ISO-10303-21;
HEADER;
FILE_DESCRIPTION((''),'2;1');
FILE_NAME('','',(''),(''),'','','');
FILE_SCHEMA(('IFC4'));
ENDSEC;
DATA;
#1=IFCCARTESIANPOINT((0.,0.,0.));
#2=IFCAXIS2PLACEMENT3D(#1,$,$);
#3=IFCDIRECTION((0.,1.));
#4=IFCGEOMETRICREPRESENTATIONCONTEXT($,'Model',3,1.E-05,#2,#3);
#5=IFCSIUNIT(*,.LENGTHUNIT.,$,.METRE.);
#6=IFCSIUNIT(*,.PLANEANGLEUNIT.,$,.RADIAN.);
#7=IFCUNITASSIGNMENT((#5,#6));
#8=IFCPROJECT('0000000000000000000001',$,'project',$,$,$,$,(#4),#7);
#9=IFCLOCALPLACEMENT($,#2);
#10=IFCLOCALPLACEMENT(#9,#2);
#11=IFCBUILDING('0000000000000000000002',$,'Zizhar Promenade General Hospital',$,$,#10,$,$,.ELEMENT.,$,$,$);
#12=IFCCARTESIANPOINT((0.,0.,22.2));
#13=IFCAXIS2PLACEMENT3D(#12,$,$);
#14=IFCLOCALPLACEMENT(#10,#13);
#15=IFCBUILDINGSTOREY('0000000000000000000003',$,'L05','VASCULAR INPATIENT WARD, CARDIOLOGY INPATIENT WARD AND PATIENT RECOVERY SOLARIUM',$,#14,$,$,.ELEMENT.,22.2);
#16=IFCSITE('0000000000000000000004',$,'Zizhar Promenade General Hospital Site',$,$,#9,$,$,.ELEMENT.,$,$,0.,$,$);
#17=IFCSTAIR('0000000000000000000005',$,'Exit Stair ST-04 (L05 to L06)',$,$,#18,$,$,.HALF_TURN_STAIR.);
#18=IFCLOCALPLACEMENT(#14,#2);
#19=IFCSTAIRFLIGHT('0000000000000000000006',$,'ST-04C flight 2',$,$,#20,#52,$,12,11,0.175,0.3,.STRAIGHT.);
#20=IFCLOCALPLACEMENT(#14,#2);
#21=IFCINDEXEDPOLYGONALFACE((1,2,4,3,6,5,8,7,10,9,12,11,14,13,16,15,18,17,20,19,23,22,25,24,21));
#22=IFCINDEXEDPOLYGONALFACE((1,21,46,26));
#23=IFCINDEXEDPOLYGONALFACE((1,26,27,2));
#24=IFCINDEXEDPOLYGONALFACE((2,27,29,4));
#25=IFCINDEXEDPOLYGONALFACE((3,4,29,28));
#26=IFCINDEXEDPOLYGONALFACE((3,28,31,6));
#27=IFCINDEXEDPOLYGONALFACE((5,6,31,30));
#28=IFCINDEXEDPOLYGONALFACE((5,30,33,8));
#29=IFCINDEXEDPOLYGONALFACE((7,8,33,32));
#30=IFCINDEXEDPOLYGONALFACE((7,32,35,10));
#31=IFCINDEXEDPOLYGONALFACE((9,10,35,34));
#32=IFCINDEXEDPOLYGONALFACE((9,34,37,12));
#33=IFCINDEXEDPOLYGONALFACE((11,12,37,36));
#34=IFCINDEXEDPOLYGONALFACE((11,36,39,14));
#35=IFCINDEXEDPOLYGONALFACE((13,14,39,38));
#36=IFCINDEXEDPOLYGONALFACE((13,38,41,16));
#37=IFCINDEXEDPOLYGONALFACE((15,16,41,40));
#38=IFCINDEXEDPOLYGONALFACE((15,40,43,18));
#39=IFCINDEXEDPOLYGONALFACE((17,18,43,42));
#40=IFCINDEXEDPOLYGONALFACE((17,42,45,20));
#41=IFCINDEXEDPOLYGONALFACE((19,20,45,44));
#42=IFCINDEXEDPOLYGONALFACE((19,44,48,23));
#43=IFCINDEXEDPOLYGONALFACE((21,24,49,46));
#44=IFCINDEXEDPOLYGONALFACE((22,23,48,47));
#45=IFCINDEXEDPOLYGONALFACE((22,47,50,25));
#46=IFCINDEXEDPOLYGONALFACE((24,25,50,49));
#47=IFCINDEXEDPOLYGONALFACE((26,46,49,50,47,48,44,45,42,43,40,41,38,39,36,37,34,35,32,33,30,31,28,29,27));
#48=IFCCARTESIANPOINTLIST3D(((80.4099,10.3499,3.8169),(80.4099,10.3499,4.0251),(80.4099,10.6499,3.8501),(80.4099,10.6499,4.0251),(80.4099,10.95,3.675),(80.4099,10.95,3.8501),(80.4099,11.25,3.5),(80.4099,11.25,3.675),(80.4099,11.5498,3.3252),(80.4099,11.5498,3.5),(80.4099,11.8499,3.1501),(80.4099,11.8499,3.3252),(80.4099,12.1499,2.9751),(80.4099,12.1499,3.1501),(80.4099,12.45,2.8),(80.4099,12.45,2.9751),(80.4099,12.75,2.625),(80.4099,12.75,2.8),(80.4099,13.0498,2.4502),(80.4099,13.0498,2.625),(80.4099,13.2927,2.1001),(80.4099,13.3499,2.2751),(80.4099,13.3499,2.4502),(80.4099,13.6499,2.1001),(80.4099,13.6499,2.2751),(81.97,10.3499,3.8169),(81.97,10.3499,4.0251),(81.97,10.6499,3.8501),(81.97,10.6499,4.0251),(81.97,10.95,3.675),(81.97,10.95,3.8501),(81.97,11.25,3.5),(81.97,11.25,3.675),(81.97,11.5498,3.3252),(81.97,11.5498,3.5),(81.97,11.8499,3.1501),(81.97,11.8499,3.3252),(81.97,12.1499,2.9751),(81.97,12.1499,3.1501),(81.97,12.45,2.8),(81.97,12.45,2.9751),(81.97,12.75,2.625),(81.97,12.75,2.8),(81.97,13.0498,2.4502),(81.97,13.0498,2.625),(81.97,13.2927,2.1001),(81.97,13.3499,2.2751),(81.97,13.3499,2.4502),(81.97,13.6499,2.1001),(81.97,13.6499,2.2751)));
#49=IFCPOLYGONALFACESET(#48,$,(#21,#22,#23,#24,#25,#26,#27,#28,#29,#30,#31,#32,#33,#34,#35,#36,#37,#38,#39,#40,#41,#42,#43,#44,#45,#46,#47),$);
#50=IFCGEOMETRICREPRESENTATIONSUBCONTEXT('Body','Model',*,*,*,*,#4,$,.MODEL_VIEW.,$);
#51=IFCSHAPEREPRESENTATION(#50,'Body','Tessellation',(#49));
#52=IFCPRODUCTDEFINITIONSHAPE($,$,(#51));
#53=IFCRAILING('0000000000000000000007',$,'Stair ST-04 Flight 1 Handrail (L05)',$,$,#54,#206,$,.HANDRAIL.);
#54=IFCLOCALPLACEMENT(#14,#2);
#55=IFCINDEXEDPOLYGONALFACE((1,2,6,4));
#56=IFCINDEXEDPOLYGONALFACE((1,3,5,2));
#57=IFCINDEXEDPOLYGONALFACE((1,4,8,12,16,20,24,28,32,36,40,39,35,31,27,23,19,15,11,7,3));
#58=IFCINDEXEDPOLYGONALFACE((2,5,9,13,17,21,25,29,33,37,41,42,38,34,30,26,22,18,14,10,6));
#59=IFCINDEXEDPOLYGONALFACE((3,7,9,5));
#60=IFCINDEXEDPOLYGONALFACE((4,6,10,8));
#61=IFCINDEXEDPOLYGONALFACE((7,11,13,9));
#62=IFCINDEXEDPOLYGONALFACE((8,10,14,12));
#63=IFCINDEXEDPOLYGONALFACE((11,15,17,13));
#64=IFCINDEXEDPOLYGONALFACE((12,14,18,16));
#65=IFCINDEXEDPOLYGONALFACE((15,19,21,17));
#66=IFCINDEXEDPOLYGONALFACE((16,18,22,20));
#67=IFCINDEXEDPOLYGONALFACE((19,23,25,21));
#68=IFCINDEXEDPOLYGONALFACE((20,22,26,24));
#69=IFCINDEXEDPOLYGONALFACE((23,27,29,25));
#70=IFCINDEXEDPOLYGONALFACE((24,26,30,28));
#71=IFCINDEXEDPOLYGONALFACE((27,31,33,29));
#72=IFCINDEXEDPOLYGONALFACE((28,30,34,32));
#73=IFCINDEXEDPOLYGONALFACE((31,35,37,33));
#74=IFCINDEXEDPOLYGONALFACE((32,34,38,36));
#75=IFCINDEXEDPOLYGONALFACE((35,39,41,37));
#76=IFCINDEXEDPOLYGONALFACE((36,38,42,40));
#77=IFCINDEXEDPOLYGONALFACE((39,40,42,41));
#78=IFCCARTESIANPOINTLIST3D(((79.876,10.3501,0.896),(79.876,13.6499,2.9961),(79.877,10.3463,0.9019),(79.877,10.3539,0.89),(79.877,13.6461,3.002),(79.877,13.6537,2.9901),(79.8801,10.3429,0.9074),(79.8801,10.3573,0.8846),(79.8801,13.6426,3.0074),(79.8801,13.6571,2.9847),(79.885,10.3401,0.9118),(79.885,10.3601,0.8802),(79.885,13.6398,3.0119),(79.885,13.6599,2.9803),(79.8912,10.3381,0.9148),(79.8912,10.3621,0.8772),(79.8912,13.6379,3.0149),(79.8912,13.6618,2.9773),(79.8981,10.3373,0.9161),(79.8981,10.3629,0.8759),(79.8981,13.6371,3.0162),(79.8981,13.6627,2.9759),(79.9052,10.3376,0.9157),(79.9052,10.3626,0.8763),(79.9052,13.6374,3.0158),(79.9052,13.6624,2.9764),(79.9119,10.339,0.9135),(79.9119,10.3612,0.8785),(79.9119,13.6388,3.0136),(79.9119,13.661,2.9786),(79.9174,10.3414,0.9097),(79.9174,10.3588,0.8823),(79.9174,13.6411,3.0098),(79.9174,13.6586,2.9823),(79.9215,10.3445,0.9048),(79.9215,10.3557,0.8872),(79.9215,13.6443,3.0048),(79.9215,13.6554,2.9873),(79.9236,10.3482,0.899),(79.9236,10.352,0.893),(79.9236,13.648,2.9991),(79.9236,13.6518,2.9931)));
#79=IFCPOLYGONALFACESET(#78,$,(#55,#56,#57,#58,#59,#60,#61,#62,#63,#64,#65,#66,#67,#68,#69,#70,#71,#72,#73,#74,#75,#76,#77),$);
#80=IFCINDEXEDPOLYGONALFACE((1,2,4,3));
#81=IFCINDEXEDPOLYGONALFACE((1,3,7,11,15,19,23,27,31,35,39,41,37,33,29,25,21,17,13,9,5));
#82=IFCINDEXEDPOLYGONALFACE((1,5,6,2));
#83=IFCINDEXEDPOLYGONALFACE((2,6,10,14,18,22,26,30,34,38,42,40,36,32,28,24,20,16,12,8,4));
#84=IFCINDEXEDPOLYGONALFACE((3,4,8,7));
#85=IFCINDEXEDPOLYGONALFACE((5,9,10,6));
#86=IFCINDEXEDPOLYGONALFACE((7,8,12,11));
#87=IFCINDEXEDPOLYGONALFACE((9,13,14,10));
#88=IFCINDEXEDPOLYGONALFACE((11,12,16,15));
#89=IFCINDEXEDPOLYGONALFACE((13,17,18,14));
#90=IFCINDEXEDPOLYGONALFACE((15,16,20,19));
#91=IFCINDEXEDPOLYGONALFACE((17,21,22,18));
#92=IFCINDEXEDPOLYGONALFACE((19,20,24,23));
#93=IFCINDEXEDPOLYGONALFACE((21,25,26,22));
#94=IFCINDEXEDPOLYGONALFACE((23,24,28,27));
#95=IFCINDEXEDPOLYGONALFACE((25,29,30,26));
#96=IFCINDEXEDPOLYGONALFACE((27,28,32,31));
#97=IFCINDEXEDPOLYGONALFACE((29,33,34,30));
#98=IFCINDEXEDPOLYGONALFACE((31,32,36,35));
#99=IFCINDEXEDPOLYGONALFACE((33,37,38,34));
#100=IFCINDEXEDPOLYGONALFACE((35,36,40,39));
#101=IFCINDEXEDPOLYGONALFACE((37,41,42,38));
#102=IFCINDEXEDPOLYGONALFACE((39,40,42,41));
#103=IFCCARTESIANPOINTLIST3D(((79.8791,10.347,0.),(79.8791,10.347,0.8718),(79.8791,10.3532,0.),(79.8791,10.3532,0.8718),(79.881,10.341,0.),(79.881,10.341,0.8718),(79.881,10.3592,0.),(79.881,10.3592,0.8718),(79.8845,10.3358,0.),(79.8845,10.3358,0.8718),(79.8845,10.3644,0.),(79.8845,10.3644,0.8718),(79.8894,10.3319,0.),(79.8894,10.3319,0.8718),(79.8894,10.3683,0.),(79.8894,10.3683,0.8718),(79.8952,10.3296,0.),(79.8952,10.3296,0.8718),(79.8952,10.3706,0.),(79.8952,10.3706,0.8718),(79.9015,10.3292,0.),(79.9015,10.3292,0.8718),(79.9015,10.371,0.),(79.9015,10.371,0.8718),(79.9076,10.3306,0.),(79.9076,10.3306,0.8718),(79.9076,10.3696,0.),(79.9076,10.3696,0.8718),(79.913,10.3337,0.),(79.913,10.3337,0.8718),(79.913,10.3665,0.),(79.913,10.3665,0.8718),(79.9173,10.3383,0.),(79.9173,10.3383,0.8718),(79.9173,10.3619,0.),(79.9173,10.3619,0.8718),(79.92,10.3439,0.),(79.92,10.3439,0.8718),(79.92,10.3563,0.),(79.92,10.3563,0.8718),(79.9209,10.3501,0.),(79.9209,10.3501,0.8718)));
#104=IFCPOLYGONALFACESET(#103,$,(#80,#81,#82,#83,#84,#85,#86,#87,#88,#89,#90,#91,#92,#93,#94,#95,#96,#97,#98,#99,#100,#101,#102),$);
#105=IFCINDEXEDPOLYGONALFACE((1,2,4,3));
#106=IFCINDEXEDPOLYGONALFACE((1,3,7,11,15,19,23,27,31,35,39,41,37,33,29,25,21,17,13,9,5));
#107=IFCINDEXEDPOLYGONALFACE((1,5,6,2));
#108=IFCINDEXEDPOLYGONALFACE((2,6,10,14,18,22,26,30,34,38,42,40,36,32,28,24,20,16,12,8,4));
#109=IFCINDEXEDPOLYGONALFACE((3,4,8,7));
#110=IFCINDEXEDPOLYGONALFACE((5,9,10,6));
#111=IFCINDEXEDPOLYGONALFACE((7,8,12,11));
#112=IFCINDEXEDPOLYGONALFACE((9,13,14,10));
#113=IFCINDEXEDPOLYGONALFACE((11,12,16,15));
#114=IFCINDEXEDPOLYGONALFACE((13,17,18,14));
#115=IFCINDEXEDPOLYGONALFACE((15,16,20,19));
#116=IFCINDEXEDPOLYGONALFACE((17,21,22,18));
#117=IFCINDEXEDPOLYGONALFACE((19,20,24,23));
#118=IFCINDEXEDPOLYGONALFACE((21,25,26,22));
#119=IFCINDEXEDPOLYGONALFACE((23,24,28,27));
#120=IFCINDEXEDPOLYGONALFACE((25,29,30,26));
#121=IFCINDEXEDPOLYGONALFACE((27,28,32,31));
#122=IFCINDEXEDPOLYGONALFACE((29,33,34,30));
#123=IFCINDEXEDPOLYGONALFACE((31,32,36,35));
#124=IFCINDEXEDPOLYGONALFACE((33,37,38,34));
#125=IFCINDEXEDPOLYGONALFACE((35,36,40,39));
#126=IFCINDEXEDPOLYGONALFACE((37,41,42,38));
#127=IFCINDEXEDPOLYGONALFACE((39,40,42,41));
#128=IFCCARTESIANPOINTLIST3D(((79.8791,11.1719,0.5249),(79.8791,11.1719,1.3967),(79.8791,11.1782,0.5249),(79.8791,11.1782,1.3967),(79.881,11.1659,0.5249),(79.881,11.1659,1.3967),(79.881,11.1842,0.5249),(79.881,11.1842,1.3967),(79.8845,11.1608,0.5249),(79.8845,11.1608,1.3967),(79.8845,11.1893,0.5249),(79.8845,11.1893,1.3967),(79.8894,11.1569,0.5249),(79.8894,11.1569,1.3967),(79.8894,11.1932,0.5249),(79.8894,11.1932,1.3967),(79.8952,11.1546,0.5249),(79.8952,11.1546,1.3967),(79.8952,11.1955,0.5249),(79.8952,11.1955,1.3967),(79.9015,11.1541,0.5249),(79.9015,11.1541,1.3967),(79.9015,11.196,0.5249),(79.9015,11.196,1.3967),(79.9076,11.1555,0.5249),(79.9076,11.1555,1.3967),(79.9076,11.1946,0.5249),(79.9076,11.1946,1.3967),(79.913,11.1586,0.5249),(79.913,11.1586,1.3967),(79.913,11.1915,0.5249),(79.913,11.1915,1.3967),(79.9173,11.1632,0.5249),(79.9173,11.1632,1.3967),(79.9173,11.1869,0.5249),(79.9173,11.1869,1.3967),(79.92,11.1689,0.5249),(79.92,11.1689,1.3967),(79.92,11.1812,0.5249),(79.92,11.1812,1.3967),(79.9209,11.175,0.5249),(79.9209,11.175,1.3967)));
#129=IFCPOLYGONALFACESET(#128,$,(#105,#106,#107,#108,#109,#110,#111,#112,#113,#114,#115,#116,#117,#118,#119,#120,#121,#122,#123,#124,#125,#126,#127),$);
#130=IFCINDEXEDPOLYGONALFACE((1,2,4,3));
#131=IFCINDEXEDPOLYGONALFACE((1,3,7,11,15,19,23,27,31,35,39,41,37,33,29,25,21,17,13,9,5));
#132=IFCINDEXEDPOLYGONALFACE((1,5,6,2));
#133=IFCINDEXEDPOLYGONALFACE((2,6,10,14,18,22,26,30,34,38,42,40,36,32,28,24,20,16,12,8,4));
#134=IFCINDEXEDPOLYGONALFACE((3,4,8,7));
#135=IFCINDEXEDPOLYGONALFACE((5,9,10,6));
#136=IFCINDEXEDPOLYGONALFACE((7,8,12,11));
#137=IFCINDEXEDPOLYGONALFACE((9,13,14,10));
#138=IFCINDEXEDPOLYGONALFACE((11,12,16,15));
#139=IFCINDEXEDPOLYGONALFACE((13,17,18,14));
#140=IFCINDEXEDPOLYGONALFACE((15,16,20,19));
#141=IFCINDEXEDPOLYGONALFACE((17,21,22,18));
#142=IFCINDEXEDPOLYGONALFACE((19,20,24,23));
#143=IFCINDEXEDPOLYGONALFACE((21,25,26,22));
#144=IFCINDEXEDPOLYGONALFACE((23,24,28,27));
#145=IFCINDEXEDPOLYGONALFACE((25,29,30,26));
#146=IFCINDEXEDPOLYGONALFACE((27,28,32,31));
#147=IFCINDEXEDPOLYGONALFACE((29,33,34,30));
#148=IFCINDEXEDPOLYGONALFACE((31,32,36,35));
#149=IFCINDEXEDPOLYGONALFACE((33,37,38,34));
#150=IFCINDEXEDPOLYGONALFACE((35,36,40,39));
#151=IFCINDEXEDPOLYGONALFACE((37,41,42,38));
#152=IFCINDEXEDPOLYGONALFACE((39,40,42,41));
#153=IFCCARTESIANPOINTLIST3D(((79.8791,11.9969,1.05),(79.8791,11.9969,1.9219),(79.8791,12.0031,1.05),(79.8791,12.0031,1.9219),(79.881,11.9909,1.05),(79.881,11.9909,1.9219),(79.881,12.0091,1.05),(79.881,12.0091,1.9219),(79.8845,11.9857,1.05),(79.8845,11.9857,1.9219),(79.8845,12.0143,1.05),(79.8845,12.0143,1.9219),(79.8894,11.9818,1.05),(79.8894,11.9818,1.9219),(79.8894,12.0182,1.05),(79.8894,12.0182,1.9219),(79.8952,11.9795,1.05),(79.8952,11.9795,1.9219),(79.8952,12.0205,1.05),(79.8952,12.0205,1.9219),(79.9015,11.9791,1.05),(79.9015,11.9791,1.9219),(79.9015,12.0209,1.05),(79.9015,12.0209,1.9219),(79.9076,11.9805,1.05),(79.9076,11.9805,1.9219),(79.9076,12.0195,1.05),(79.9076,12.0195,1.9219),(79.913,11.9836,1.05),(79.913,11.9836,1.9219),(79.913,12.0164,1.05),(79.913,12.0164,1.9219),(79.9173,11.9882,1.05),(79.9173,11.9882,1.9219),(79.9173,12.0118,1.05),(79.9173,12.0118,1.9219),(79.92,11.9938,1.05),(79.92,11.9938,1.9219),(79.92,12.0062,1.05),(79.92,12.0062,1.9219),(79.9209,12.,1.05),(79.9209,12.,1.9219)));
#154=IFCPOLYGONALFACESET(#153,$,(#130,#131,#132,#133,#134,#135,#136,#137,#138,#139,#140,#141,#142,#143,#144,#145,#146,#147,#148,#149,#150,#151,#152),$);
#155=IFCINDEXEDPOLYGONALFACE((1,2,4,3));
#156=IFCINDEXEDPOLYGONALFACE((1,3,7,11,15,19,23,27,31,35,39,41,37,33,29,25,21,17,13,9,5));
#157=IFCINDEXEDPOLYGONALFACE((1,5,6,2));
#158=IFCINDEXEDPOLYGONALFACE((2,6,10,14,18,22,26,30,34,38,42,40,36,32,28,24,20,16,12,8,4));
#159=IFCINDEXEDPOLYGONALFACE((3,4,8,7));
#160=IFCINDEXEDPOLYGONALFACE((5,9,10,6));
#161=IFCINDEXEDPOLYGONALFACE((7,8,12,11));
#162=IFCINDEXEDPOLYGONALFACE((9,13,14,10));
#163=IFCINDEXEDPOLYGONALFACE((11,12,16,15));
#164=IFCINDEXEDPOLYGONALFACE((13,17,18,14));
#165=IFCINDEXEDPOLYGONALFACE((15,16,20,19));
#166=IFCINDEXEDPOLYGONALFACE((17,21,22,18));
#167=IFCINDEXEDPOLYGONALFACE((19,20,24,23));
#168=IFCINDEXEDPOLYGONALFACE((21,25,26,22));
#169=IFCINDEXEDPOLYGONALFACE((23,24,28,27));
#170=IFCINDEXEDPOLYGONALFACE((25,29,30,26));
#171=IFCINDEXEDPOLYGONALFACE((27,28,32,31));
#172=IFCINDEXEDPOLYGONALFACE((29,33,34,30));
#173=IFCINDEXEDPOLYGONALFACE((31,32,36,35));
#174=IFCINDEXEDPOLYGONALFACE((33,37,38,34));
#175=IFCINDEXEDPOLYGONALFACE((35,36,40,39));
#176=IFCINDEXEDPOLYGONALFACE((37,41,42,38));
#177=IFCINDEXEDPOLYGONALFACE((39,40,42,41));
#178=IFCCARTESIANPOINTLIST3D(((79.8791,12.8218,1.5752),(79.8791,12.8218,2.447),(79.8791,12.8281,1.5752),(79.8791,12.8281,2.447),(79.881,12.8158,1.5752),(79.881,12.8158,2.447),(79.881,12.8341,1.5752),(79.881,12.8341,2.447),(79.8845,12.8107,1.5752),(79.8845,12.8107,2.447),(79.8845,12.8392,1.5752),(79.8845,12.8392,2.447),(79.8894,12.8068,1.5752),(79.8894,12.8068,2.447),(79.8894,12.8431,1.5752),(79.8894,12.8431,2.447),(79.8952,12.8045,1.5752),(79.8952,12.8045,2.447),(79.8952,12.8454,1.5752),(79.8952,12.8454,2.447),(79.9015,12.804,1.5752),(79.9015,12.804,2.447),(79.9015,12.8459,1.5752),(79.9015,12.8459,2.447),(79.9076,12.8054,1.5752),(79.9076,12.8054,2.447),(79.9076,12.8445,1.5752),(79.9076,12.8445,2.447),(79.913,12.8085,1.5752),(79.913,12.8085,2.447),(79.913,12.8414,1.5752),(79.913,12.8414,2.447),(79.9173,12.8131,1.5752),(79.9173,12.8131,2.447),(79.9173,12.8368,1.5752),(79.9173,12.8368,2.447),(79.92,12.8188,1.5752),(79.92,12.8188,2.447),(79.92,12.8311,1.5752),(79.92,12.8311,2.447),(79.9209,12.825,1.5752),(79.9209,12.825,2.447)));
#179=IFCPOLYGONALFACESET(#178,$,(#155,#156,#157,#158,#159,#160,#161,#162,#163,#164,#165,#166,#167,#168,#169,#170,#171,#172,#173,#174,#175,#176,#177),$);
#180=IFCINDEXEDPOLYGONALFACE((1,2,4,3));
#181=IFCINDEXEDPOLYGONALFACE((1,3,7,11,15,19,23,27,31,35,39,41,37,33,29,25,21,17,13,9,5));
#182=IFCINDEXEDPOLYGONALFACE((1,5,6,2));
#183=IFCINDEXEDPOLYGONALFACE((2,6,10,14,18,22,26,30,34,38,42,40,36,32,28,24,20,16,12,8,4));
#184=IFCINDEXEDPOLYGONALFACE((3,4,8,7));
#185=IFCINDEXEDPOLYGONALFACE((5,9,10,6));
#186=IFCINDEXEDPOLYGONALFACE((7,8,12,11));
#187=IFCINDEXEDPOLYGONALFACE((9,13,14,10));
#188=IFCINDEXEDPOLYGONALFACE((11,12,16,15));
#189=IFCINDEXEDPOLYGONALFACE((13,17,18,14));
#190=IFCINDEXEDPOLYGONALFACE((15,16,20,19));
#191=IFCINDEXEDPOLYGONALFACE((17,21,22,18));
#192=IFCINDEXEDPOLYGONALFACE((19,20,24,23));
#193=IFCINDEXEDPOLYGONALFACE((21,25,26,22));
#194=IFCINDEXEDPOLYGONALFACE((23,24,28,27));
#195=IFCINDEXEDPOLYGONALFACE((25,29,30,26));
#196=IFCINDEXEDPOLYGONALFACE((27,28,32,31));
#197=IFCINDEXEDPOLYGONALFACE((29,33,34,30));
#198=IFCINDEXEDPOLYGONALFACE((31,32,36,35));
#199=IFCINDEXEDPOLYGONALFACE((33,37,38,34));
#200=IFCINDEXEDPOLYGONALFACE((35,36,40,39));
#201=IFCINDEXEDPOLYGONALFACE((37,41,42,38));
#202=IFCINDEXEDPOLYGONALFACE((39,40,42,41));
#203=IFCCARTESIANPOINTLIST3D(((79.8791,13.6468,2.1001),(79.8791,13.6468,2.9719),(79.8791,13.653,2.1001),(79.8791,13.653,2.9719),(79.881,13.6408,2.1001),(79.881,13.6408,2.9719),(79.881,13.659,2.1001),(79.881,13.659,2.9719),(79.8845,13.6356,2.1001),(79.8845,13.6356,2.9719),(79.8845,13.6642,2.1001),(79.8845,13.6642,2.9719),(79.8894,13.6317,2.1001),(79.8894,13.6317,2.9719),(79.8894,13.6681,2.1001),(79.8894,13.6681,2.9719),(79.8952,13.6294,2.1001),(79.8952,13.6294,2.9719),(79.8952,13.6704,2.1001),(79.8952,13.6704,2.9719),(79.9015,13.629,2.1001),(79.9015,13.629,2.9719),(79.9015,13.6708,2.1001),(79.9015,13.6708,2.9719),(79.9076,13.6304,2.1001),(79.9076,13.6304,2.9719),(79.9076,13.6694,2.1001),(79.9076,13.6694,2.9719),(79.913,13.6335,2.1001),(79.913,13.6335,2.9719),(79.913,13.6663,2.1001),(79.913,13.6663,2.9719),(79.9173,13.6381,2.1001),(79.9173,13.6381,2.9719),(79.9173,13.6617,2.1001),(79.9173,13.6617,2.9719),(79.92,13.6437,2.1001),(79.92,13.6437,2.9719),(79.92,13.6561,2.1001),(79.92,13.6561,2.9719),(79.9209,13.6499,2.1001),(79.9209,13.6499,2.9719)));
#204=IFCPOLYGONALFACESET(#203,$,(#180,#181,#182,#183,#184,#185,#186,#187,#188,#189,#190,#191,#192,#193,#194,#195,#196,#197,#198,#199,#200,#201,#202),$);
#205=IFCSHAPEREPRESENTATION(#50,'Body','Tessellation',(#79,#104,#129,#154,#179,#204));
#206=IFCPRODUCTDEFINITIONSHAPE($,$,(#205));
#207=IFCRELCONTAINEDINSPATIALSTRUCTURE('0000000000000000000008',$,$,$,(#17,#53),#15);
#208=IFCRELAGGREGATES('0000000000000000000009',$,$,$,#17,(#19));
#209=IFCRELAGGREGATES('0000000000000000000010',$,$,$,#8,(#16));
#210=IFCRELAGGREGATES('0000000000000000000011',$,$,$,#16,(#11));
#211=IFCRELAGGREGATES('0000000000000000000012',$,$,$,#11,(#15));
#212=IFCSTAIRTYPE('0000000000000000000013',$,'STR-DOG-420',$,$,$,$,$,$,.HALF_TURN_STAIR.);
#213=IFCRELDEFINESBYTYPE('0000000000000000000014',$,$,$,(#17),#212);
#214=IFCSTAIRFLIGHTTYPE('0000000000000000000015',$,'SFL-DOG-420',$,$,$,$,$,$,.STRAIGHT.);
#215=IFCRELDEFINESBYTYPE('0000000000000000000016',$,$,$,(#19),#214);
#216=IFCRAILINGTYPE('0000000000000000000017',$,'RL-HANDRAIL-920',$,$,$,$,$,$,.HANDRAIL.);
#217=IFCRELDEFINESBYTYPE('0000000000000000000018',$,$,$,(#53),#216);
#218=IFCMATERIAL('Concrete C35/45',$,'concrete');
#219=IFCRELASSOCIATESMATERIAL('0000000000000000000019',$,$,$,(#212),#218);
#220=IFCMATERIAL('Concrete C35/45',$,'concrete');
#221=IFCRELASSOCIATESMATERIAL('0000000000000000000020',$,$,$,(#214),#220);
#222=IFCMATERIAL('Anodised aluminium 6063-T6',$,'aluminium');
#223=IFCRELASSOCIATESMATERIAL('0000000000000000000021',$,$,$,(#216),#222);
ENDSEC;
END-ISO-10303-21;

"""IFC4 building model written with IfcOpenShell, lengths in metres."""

from ifc_helpers import new_model, si_unit, direction, frame, origin, origin_2d, place, context, subcontext, project, spatial, polyline, circle, hollow_circle, outline, extrude, material, material_profile, profile_set, type_object, element, aggregate, save


model = new_model("IFC4")

# Units and contexts
model_context = context("Model", 3, precision=1e-05, world=origin(), true_north=direction((0.0, 1.0)))
body_context = subcontext(model_context, "Body", "Model", "MODEL_VIEW")
ifc_project = project(units=[si_unit("LENGTHUNIT", "METRE"), si_unit("PLANEANGLEUNIT", "RADIAN")], contexts=[model_context])

# Site, building, storey
site_placement = place(None, origin())
site = spatial("IfcSite", under=ifc_project, at=site_placement, Name="Zizhar Promenade General Hospital Site", CompositionType="ELEMENT", RefElevation=0.0)
building_placement = place(site_placement, origin())
building = spatial("IfcBuilding", under=site, at=building_placement, Name="Zizhar Promenade General Hospital", CompositionType="ELEMENT")
storey_placement = place(building_placement, frame((0.0, 0.0, 22.2)))
storey = spatial("IfcBuildingStorey", under=building, at=storey_placement, Name="L05", Description="VASCULAR INPATIENT WARD, CARDIOLOGY INPATIENT WARD AND PATIENT RECOVERY SOLARIUM", CompositionType="ELEMENT", Elevation=22.2)

# Stair, stair flight
ifc_material_1 = material(Name="Concrete C35/45", Category="concrete")
stair_type = type_object("IfcStairType", Name="STR-DOG-420", PredefinedType="HALF_TURN_STAIR", material=ifc_material_1)
stair_placement = place(storey_placement, origin())
stair = element("IfcStair", 1, at=stair_placement, inside=storey, type_object=stair_type, Name="Exit Stair ST-04 (L05 to L06)", PredefinedType="HALF_TURN_STAIR")
ifc_material_2 = material(Name="Concrete C35/45", Category="concrete")
stair_flight_type = type_object("IfcStairFlightType", Name="SFL-DOG-420", PredefinedType="STRAIGHT", material=ifc_material_2)
stair_flight_1_placement = place(storey_placement, frame((81.1899, 13.6499, 2.1001), z_axis=(0.0, 0.0, 1.0), x_axis=(0.0, -1.0, 0.0)))
stair_flight_1 = element("IfcStairFlight", 2, at=stair_flight_1_placement, type_object=stair_flight_type, Name="ST-04C flight 2", NumberOfRisers=12, NumberOfTreads=11, PredefinedType="STRAIGHT", RiserHeight=0.175, TreadLength=0.3, context=body_context, shape_type="SweptSolid", body=[
    extrude(outline(polyline([(0.0, 0.0), (0.0, 0.175), (0.3, 0.175), (0.3, 0.3501), (0.6001, 0.3501), (0.6001, 0.5249), (0.8999, 0.5249), (0.8999, 0.7), (1.2, 0.7), (1.2, 0.875), (1.5, 0.875), (1.5, 1.05), (1.8, 1.05), (1.8, 1.2251), (2.1001, 1.2251), (2.1001, 1.3999), (2.3999, 1.3999), (2.3999, 1.575), (2.7, 1.575), (2.7, 1.75), (3.0, 1.75), (3.0, 1.925), (3.3, 1.925), (3.3, 2.1001), (3.3, 1.7168), (0.3572, 0.0), (0.0, 0.0)])), frame((0.0, 0.78, 0.0), z_axis=(0.0, -1.0, 0.0), x_axis=(1.0, 0.0, 0.0)), (0.0, 0.0, 1.0), 1.5601),
])
aggregate(stair, [stair_flight_1])

# Railing
ifc_material_3 = material(Name="Anodised aluminium 6063-T6", Category="aluminium")
ifc_material_profile_1 = material_profile(ifc_material_3, hollow_circle(Radius=0.0698, WallThickness=0.0063, at=origin_2d()))
ifc_profile_set_1 = profile_set([ifc_material_profile_1], Name="Anodised aluminium 6063-T6")
railing_type_1 = type_object("IfcRailingType", Name="RL-HANDRAIL-920", PredefinedType="HANDRAIL", material=ifc_profile_set_1)
railing_1_placement = place(storey_placement, frame((79.8999, 10.3501, 0.0)))
element("IfcRailing", 3, at=railing_1_placement, inside=storey, type_object=railing_type_1, Name="Stair ST-04 Flight 1 Handrail (L05)", PredefinedType="HANDRAIL", context=body_context, shape_type="SweptSolid", body=[
    extrude(circle(Radius=0.0239, at=origin_2d()), frame((0.0, 0.0, 0.896), z_axis=(0.0, 0.843636, 0.536916), x_axis=(-1.0, 0.0, 0.0)), (0.0, 0.0, 1.0), 3.9114),
    extrude(circle(Radius=0.021, at=origin_2d()), origin(), (0.0, 0.0, 1.0), 0.8718),
    extrude(circle(Radius=0.021, at=origin_2d()), frame((0.0, 0.825, 0.5249)), (0.0, 0.0, 1.0), 0.8718),
    extrude(circle(Radius=0.021, at=origin_2d()), frame((0.0, 1.6499, 1.05)), (0.0, 0.0, 1.0), 0.8718),
    extrude(circle(Radius=0.021, at=origin_2d()), frame((0.0, 2.4749, 1.5752)), (0.0, 0.0, 1.0), 0.8718),
    extrude(circle(Radius=0.021, at=origin_2d()), frame((0.0, 3.2998, 2.1001)), (0.0, 0.0, 1.0), 0.8718),
])

save(model, "model.ifc")
